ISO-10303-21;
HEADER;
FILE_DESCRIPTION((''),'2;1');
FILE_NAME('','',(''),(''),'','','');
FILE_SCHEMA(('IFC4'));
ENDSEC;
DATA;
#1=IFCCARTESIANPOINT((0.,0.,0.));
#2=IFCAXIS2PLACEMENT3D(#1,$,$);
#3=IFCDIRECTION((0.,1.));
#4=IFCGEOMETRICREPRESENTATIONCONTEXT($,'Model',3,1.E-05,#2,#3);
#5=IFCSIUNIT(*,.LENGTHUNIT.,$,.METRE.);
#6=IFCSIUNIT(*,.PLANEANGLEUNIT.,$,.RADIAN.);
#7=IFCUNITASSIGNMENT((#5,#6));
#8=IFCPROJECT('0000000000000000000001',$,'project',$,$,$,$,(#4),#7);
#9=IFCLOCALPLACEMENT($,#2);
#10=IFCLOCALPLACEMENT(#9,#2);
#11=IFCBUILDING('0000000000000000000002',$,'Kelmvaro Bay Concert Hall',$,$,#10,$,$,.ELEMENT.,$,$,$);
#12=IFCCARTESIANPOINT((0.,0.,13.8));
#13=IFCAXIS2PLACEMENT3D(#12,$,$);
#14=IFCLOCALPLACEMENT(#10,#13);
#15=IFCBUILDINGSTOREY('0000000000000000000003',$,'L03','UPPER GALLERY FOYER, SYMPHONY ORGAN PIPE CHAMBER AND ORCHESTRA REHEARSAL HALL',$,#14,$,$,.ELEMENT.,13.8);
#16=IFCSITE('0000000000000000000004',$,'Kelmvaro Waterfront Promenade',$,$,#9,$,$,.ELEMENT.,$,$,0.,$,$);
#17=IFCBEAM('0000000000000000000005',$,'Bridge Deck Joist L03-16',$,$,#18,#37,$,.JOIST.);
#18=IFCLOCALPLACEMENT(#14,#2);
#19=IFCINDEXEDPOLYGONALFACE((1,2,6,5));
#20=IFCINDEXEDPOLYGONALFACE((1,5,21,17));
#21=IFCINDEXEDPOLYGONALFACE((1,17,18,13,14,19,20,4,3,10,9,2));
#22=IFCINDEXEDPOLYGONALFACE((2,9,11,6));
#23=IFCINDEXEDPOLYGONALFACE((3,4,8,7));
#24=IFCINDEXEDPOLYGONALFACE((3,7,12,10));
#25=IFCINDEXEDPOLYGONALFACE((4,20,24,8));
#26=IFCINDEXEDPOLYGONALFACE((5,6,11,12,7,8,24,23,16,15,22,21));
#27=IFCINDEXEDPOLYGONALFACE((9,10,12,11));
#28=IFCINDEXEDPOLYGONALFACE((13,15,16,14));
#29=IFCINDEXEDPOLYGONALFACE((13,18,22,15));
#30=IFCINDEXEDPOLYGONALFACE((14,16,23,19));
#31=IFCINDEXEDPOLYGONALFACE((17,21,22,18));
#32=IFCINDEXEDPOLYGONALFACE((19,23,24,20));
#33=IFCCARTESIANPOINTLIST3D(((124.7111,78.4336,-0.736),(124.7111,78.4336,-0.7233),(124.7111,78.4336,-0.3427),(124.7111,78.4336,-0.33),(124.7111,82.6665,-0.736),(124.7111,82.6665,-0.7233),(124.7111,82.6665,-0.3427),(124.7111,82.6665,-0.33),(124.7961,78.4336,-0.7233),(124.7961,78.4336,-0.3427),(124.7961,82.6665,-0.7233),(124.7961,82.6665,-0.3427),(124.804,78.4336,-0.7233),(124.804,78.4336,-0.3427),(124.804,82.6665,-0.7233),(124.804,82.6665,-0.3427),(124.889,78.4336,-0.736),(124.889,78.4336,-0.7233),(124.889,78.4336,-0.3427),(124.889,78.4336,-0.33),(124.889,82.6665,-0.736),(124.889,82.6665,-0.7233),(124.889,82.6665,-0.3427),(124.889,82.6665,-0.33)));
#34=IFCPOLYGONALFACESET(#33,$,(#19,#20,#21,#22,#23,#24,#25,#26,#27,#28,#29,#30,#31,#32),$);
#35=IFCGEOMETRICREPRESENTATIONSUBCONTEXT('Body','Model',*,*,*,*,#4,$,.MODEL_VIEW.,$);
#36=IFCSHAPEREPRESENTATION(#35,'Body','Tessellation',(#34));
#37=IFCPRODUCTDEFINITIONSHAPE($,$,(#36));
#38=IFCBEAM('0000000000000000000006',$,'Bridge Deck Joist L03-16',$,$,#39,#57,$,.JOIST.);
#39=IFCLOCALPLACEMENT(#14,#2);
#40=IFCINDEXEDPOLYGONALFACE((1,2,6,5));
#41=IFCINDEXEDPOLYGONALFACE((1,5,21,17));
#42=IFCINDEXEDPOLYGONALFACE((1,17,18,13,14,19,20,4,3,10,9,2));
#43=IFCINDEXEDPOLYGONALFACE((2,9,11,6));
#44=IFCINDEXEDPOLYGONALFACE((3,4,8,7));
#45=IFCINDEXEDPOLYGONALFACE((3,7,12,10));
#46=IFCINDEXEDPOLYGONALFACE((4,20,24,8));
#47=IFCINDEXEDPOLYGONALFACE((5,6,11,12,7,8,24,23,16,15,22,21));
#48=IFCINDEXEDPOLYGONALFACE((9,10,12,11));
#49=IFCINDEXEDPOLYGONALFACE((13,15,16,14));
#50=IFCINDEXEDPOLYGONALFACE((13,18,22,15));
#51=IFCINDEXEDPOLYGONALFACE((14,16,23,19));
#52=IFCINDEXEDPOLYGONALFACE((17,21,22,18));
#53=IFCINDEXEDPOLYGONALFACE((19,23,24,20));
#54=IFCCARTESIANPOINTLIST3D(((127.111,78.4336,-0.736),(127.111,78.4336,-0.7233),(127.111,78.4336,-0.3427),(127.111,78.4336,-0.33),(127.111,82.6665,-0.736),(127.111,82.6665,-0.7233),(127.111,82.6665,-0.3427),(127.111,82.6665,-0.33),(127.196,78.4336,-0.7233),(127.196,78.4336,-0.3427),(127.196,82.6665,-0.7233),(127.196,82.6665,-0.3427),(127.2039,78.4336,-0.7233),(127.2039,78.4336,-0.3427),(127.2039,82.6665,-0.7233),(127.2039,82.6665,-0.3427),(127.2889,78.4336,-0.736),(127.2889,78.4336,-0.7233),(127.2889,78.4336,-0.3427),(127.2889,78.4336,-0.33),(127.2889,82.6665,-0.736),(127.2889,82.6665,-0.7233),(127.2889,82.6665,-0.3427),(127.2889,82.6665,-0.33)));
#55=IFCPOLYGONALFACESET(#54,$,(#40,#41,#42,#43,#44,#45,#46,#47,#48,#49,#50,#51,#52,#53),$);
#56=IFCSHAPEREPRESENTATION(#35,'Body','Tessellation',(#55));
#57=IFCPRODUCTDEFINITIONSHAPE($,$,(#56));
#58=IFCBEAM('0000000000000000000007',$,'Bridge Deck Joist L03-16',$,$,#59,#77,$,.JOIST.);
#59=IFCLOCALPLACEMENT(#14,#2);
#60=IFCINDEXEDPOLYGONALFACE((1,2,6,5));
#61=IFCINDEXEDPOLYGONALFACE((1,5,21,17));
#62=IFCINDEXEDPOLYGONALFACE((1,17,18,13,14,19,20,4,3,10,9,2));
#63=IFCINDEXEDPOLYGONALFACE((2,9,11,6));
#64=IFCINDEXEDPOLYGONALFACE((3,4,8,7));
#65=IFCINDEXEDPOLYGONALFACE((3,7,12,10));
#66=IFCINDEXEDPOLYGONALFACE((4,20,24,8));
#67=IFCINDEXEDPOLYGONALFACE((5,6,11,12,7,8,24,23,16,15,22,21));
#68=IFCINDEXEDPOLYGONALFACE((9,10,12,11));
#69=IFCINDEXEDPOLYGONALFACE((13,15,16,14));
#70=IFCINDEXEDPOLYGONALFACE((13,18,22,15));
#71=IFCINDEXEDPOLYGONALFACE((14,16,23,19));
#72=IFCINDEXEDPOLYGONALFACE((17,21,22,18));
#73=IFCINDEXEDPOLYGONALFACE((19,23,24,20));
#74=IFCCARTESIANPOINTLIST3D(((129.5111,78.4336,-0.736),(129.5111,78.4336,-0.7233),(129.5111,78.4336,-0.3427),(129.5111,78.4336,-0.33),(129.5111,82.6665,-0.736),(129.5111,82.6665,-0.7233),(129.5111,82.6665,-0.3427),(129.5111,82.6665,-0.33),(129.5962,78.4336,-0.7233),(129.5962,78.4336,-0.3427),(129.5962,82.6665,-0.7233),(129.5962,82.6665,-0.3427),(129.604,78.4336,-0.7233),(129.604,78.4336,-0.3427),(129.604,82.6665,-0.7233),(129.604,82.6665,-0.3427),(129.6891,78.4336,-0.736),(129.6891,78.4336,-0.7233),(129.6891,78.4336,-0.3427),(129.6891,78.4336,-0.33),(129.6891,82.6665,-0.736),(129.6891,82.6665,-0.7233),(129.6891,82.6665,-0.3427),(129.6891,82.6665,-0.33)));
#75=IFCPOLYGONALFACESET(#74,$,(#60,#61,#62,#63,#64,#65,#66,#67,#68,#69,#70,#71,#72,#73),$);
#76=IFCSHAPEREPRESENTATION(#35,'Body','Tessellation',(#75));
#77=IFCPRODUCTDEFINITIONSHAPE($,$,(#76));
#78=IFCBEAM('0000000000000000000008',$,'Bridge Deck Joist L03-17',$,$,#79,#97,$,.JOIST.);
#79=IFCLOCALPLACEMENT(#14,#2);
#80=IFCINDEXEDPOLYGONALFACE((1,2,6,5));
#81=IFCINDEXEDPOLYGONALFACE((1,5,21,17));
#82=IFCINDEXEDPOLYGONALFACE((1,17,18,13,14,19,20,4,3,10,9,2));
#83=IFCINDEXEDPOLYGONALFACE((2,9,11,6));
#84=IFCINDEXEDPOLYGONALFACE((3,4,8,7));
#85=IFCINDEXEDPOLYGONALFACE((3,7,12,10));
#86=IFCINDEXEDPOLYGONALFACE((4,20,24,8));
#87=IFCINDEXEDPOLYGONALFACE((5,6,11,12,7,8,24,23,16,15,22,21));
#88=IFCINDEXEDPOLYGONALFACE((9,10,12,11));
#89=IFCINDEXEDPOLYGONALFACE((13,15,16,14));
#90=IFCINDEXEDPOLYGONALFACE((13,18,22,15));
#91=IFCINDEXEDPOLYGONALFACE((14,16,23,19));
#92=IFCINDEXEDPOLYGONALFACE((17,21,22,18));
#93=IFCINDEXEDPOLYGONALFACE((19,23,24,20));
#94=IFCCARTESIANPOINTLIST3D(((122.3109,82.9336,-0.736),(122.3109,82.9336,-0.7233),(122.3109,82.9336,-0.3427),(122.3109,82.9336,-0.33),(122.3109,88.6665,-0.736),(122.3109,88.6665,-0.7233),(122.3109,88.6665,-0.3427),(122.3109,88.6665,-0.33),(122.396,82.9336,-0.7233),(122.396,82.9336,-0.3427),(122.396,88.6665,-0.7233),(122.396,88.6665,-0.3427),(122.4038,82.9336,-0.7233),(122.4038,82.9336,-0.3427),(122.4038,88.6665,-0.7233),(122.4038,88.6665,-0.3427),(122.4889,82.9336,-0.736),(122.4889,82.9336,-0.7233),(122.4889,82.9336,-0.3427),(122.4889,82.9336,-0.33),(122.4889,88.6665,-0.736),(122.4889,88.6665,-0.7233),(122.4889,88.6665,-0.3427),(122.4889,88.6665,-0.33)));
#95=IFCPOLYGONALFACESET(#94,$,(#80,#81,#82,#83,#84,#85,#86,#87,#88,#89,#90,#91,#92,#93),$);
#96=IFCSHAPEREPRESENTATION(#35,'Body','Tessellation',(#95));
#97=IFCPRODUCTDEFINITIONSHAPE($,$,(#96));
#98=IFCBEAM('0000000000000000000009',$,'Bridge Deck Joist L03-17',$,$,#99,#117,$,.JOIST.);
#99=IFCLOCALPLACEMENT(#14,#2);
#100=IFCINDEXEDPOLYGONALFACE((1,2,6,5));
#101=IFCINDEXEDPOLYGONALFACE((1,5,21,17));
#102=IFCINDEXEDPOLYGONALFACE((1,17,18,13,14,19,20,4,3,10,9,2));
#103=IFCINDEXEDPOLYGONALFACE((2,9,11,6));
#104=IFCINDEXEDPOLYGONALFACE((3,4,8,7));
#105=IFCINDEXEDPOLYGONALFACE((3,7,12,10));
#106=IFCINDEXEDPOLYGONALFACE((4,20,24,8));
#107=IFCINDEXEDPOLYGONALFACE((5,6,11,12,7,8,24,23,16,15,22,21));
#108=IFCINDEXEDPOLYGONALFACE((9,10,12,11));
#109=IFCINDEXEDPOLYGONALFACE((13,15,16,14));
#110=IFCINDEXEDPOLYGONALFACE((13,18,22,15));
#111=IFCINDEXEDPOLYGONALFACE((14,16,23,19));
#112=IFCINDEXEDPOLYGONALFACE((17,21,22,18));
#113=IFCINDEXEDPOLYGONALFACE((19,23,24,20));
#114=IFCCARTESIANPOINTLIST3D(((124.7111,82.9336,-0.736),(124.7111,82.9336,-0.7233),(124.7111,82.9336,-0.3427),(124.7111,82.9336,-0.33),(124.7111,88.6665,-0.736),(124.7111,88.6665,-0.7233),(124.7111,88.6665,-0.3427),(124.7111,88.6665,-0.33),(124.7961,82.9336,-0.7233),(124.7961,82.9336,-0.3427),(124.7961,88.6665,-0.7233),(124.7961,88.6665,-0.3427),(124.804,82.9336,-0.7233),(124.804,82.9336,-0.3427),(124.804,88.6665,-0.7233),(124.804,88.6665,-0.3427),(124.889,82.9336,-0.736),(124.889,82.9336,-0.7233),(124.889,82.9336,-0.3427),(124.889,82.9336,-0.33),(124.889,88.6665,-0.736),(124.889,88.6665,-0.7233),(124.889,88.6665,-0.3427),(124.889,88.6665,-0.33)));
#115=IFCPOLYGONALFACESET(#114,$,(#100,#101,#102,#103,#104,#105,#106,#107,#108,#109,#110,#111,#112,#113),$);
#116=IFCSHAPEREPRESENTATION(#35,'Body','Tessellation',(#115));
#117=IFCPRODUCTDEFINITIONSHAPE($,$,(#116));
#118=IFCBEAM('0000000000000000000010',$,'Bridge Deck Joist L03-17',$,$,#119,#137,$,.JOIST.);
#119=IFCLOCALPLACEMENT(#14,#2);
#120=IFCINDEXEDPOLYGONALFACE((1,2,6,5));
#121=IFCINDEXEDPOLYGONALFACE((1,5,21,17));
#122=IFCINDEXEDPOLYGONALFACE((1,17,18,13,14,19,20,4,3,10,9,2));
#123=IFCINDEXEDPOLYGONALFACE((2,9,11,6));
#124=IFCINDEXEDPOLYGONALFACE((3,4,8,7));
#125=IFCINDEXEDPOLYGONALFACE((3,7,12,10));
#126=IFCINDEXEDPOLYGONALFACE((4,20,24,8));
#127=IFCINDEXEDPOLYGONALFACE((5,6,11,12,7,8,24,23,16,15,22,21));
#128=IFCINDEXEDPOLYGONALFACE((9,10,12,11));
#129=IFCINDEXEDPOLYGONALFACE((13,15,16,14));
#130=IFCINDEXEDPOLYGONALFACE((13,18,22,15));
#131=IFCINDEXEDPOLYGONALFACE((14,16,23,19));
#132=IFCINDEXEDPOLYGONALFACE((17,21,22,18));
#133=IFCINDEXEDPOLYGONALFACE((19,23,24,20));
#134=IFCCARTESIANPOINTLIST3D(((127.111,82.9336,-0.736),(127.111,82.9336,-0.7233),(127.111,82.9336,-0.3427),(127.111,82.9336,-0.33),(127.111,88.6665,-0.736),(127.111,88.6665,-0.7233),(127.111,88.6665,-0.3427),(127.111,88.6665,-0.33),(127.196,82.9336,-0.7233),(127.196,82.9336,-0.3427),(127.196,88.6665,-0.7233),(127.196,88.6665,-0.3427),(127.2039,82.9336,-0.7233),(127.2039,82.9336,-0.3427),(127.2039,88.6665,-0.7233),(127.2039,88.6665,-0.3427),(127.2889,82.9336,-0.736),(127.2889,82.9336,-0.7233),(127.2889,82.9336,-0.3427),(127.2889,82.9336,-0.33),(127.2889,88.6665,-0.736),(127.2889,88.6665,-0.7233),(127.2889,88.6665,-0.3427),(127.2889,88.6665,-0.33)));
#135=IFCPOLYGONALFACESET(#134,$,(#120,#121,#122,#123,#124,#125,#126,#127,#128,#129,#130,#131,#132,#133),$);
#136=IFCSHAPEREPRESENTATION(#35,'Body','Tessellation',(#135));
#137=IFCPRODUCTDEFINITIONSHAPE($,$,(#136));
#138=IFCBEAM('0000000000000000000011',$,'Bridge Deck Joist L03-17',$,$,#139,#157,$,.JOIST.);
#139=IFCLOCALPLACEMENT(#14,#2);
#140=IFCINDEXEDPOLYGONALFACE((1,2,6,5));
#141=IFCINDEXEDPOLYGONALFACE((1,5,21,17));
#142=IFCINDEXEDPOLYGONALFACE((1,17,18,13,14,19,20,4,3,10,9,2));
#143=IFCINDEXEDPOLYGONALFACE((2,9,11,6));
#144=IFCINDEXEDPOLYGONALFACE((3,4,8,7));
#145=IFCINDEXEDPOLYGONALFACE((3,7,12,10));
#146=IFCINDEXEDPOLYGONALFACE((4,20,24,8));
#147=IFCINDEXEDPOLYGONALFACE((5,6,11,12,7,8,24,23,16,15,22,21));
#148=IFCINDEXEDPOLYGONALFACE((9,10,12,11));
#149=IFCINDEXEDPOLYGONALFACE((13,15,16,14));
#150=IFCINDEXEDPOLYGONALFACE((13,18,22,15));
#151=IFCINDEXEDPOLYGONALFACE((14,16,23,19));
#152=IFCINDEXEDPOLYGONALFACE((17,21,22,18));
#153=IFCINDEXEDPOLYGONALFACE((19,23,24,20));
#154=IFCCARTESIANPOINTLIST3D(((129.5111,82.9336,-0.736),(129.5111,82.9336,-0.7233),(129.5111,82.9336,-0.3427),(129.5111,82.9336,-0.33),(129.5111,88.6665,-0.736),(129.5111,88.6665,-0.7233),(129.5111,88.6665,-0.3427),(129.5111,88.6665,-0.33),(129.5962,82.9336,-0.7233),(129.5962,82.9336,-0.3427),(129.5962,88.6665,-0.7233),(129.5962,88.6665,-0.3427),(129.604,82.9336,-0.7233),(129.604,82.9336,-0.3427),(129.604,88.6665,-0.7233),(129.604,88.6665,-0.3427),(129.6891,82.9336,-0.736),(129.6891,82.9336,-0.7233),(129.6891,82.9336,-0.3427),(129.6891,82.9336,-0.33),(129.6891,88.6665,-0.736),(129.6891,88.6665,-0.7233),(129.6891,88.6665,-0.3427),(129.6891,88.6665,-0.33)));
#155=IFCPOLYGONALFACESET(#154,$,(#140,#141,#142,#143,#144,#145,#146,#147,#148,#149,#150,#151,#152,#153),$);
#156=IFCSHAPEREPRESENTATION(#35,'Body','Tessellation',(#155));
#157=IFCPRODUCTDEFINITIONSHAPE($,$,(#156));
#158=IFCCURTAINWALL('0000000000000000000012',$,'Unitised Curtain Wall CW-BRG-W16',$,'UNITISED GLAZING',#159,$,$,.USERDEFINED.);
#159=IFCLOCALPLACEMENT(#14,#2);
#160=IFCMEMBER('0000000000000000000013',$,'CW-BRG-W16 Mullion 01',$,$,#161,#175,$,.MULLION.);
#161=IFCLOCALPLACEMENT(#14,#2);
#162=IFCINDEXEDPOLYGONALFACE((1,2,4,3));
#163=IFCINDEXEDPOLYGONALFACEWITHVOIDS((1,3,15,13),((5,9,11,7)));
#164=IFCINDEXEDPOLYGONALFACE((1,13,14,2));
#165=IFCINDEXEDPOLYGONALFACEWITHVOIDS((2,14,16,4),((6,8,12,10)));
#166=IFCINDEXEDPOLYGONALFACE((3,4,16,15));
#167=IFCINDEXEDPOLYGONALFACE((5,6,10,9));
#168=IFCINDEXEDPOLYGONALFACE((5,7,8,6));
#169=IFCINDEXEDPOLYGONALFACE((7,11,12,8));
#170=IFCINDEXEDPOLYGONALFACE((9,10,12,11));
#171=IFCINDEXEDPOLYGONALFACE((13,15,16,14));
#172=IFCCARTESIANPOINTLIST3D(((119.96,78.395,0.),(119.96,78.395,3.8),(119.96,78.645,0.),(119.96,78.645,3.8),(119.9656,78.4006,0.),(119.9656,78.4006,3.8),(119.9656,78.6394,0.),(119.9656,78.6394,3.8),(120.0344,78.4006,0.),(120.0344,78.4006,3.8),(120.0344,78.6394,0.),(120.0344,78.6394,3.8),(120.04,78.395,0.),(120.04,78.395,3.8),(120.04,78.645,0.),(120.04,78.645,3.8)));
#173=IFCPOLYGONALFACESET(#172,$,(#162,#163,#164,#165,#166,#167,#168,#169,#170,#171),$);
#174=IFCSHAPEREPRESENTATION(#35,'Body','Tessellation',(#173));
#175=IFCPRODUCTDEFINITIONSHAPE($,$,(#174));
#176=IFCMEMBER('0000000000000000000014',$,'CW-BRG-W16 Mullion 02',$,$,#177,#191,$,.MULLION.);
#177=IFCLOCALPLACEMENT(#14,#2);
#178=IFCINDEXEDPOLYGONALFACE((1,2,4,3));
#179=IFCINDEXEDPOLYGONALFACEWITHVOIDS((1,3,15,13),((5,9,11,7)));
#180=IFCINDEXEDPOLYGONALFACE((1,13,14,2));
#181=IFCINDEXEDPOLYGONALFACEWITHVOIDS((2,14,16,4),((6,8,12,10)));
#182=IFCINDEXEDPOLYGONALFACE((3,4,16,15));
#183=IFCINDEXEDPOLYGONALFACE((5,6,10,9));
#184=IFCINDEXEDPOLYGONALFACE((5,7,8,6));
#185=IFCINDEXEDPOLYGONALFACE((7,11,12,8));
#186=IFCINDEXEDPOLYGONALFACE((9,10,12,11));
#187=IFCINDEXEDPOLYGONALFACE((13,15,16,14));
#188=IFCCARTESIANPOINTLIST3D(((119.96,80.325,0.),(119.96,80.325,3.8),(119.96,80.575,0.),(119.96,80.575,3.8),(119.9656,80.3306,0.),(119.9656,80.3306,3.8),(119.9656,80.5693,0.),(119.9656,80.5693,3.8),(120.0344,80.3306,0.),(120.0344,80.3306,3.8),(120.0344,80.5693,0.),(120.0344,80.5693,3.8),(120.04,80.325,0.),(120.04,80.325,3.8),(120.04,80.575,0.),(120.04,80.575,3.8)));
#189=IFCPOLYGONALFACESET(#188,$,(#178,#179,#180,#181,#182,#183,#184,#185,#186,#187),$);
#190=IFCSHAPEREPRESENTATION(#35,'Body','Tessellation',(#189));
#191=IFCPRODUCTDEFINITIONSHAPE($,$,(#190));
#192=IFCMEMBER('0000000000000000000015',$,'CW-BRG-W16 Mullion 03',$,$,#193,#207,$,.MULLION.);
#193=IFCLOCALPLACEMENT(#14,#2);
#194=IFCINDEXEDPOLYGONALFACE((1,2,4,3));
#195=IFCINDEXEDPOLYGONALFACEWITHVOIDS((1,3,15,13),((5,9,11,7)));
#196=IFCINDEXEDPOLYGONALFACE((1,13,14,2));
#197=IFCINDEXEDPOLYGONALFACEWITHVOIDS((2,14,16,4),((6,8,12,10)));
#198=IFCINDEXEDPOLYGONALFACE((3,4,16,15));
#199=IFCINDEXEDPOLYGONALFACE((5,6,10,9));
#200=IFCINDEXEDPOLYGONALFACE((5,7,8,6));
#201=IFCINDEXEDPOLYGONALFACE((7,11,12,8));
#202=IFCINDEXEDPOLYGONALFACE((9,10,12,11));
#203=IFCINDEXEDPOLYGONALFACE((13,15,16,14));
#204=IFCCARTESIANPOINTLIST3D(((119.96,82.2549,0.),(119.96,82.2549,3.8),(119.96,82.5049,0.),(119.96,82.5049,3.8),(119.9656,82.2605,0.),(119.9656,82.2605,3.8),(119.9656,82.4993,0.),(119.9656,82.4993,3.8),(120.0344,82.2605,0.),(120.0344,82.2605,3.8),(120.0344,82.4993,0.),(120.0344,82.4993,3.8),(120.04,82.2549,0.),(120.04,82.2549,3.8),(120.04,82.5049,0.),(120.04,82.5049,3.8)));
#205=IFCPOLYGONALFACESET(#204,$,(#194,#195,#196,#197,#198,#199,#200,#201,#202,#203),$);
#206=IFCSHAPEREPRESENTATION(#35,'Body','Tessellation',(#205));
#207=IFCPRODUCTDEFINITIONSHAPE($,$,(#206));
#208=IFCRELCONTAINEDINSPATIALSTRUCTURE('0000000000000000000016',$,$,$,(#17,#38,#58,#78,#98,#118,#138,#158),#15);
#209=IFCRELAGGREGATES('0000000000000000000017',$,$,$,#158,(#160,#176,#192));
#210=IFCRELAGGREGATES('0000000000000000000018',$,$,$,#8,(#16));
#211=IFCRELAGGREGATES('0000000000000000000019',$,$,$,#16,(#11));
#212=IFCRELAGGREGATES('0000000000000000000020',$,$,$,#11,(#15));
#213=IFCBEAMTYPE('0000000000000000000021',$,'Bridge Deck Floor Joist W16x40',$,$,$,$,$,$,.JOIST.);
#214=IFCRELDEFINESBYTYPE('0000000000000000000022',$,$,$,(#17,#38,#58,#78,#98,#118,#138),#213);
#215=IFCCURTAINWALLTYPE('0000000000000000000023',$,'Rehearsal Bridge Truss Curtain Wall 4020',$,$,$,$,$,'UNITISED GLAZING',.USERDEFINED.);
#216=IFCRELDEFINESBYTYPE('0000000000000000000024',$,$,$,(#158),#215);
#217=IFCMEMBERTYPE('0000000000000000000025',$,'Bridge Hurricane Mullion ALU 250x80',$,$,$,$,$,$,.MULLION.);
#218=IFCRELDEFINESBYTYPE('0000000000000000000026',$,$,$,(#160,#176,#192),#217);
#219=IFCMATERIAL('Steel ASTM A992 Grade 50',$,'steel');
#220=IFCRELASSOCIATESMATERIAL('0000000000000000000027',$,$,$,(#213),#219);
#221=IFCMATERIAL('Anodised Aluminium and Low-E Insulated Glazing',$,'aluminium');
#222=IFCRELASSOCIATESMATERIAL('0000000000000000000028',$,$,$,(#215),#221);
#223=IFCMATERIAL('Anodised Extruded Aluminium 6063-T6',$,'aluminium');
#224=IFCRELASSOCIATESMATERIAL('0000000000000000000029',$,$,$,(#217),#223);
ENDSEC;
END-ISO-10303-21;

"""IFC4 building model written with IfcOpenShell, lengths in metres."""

from ifc_helpers import new_model, si_unit, direction, frame, origin, origin_2d, place, context, subcontext, project, spatial, hollow_rectangle, i_section, extrude, material, material_profile, profile_set, type_object, element, aggregate, save


model = new_model("IFC4")

# Units and contexts
model_context = context("Model", 3, precision=1e-05, world=origin(), true_north=direction((0.0, 1.0)))
body_context = subcontext(model_context, "Body", "Model", "MODEL_VIEW")
ifc_project = project(units=[si_unit("LENGTHUNIT", "METRE"), si_unit("PLANEANGLEUNIT", "RADIAN")], contexts=[model_context])

# Site, building, storey
site_placement = place(None, origin())
site = spatial("IfcSite", under=ifc_project, at=site_placement, Name="Kelmvaro Waterfront Promenade", CompositionType="ELEMENT", RefElevation=0.0)
building_placement = place(site_placement, origin())
building = spatial("IfcBuilding", under=site, at=building_placement, Name="Kelmvaro Bay Concert Hall", CompositionType="ELEMENT")
storey_placement = place(building_placement, frame((0.0, 0.0, 13.8)))
storey = spatial("IfcBuildingStorey", under=building, at=storey_placement, Name="L03", Description="UPPER GALLERY FOYER, SYMPHONY ORGAN PIPE CHAMBER AND ORCHESTRA REHEARSAL HALL", CompositionType="ELEMENT", Elevation=13.8)

# Beams
ifc_material_1 = material(Name="Steel ASTM A992 Grade 50", Category="steel")
ifc_material_profile_1 = material_profile(ifc_material_1, i_section(OverallWidth=0.178, OverallDepth=0.406, WebThickness=0.0078, FlangeThickness=0.0127, at=origin_2d()), Name="W16X40")
ifc_profile_set_1 = profile_set([ifc_material_profile_1], Name="Steel ASTM A992 Grade 50")
beam_type_1 = type_object("IfcBeamType", Name="Bridge Deck Floor Joist W16x40", PredefinedType="JOIST", material=ifc_profile_set_1)
for number, where, z_axis, x_axis, name in (
    (1, (124.8, 78.4336, -0.533), (0.0, 1.0, 0.0), (-1.0, 0.0, 0.0), "Bridge Deck Joist L03-16"),
    (2, (127.2, 78.4336, -0.533), (0.0, 1.0, 0.0), (-1.0, 0.0, 0.0), "Bridge Deck Joist L03-16"),
    (3, (129.6001, 78.4336, -0.533), (0.0, 1.0, 0.0), (-1.0, 0.0, 0.0), "Bridge Deck Joist L03-16"),
):
    element("IfcBeam", number, at=place(storey_placement, frame(where, z_axis=z_axis, x_axis=x_axis)), inside=storey, type_object=beam_type_1, Name=name, PredefinedType="JOIST", context=body_context, shape_type="SweptSolid", body=[
        extrude(i_section(OverallWidth=0.178, OverallDepth=0.406, WebThickness=0.0078, FlangeThickness=0.0127, at=origin_2d()), origin(), (0.0, 0.0, 1.0), 4.2329),
    ])
for number, where, z_axis, x_axis, name in (
    (4, (122.3999, 82.9336, -0.533), (0.0, 1.0, 0.0), (-1.0, 0.0, 0.0), "Bridge Deck Joist L03-17"),
    (5, (124.8, 82.9336, -0.533), (0.0, 1.0, 0.0), (-1.0, 0.0, 0.0), "Bridge Deck Joist L03-17"),
    (6, (127.2, 82.9336, -0.533), (0.0, 1.0, 0.0), (-1.0, 0.0, 0.0), "Bridge Deck Joist L03-17"),
    (7, (129.6001, 82.9336, -0.533), (0.0, 1.0, 0.0), (-1.0, 0.0, 0.0), "Bridge Deck Joist L03-17"),
):
    element("IfcBeam", number, at=place(storey_placement, frame(where, z_axis=z_axis, x_axis=x_axis)), inside=storey, type_object=beam_type_1, Name=name, PredefinedType="JOIST", context=body_context, shape_type="SweptSolid", body=[
        extrude(i_section(OverallWidth=0.178, OverallDepth=0.406, WebThickness=0.0078, FlangeThickness=0.0127, at=origin_2d()), origin(), (0.0, 0.0, 1.0), 5.7329),
    ])

# Curtain wall, members
ifc_material_2 = material(Name="Anodised Aluminium and Low-E Insulated Glazing", Category="aluminium")
curtain_wall_type = type_object("IfcCurtainWallType", Name="Rehearsal Bridge Truss Curtain Wall 4020", ElementType="UNITISED GLAZING", PredefinedType="USERDEFINED", material=ifc_material_2)
curtain_wall_1_placement = place(storey_placement, origin())
curtain_wall_1 = element("IfcCurtainWall", 8, at=curtain_wall_1_placement, inside=storey, type_object=curtain_wall_type, Name="Unitised Curtain Wall CW-BRG-W16", ObjectType="UNITISED GLAZING", PredefinedType="USERDEFINED")
ifc_material_3 = material(Name="Anodised Extruded Aluminium 6063-T6", Category="aluminium")
ifc_material_profile_2 = material_profile(ifc_material_3, hollow_rectangle(XDim=0.0801, YDim=0.25, WallThickness=0.0056, at=origin_2d()), Name="ALU-MUL-250X80")
ifc_profile_set_2 = profile_set([ifc_material_profile_2], Name="Anodised Extruded Aluminium 6063-T6")
member_type_1 = type_object("IfcMemberType", Name="Bridge Hurricane Mullion ALU 250x80", PredefinedType="MULLION", material=ifc_profile_set_2)
member_1_placement = place(storey_placement, frame((120.0, 78.52, 0.0), z_axis=(0.0, 0.0, 1.0), x_axis=(1.0, 0.0, 0.0)))
member_1 = element("IfcMember", 9, at=member_1_placement, type_object=member_type_1, Name="CW-BRG-W16 Mullion 01", PredefinedType="MULLION", context=body_context, shape_type="SweptSolid", body=[
    extrude(hollow_rectangle(XDim=0.0801, YDim=0.25, WallThickness=0.0056, at=origin_2d()), origin(), (0.0, 0.0, 1.0), 3.8),
])
member_2_placement = place(storey_placement, frame((120.0, 80.45, 0.0), z_axis=(0.0, 0.0, 1.0), x_axis=(1.0, 0.0, 0.0)))
member_2 = element("IfcMember", 10, at=member_2_placement, type_object=member_type_1, Name="CW-BRG-W16 Mullion 02", PredefinedType="MULLION", context=body_context, shape_type="SweptSolid", body=[
    extrude(hollow_rectangle(XDim=0.0801, YDim=0.25, WallThickness=0.0056, at=origin_2d()), origin(), (0.0, 0.0, 1.0), 3.8),
])
member_3_placement = place(storey_placement, frame((120.0, 82.3799, 0.0), z_axis=(0.0, 0.0, 1.0), x_axis=(1.0, 0.0, 0.0)))
member_3 = element("IfcMember", 11, at=member_3_placement, type_object=member_type_1, Name="CW-BRG-W16 Mullion 03", PredefinedType="MULLION", context=body_context, shape_type="SweptSolid", body=[
    extrude(hollow_rectangle(XDim=0.0801, YDim=0.25, WallThickness=0.0056, at=origin_2d()), origin(), (0.0, 0.0, 1.0), 3.8),
])

aggregate(curtain_wall_1, [member_1, member_2, member_3])

save(model, "model.ifc")
